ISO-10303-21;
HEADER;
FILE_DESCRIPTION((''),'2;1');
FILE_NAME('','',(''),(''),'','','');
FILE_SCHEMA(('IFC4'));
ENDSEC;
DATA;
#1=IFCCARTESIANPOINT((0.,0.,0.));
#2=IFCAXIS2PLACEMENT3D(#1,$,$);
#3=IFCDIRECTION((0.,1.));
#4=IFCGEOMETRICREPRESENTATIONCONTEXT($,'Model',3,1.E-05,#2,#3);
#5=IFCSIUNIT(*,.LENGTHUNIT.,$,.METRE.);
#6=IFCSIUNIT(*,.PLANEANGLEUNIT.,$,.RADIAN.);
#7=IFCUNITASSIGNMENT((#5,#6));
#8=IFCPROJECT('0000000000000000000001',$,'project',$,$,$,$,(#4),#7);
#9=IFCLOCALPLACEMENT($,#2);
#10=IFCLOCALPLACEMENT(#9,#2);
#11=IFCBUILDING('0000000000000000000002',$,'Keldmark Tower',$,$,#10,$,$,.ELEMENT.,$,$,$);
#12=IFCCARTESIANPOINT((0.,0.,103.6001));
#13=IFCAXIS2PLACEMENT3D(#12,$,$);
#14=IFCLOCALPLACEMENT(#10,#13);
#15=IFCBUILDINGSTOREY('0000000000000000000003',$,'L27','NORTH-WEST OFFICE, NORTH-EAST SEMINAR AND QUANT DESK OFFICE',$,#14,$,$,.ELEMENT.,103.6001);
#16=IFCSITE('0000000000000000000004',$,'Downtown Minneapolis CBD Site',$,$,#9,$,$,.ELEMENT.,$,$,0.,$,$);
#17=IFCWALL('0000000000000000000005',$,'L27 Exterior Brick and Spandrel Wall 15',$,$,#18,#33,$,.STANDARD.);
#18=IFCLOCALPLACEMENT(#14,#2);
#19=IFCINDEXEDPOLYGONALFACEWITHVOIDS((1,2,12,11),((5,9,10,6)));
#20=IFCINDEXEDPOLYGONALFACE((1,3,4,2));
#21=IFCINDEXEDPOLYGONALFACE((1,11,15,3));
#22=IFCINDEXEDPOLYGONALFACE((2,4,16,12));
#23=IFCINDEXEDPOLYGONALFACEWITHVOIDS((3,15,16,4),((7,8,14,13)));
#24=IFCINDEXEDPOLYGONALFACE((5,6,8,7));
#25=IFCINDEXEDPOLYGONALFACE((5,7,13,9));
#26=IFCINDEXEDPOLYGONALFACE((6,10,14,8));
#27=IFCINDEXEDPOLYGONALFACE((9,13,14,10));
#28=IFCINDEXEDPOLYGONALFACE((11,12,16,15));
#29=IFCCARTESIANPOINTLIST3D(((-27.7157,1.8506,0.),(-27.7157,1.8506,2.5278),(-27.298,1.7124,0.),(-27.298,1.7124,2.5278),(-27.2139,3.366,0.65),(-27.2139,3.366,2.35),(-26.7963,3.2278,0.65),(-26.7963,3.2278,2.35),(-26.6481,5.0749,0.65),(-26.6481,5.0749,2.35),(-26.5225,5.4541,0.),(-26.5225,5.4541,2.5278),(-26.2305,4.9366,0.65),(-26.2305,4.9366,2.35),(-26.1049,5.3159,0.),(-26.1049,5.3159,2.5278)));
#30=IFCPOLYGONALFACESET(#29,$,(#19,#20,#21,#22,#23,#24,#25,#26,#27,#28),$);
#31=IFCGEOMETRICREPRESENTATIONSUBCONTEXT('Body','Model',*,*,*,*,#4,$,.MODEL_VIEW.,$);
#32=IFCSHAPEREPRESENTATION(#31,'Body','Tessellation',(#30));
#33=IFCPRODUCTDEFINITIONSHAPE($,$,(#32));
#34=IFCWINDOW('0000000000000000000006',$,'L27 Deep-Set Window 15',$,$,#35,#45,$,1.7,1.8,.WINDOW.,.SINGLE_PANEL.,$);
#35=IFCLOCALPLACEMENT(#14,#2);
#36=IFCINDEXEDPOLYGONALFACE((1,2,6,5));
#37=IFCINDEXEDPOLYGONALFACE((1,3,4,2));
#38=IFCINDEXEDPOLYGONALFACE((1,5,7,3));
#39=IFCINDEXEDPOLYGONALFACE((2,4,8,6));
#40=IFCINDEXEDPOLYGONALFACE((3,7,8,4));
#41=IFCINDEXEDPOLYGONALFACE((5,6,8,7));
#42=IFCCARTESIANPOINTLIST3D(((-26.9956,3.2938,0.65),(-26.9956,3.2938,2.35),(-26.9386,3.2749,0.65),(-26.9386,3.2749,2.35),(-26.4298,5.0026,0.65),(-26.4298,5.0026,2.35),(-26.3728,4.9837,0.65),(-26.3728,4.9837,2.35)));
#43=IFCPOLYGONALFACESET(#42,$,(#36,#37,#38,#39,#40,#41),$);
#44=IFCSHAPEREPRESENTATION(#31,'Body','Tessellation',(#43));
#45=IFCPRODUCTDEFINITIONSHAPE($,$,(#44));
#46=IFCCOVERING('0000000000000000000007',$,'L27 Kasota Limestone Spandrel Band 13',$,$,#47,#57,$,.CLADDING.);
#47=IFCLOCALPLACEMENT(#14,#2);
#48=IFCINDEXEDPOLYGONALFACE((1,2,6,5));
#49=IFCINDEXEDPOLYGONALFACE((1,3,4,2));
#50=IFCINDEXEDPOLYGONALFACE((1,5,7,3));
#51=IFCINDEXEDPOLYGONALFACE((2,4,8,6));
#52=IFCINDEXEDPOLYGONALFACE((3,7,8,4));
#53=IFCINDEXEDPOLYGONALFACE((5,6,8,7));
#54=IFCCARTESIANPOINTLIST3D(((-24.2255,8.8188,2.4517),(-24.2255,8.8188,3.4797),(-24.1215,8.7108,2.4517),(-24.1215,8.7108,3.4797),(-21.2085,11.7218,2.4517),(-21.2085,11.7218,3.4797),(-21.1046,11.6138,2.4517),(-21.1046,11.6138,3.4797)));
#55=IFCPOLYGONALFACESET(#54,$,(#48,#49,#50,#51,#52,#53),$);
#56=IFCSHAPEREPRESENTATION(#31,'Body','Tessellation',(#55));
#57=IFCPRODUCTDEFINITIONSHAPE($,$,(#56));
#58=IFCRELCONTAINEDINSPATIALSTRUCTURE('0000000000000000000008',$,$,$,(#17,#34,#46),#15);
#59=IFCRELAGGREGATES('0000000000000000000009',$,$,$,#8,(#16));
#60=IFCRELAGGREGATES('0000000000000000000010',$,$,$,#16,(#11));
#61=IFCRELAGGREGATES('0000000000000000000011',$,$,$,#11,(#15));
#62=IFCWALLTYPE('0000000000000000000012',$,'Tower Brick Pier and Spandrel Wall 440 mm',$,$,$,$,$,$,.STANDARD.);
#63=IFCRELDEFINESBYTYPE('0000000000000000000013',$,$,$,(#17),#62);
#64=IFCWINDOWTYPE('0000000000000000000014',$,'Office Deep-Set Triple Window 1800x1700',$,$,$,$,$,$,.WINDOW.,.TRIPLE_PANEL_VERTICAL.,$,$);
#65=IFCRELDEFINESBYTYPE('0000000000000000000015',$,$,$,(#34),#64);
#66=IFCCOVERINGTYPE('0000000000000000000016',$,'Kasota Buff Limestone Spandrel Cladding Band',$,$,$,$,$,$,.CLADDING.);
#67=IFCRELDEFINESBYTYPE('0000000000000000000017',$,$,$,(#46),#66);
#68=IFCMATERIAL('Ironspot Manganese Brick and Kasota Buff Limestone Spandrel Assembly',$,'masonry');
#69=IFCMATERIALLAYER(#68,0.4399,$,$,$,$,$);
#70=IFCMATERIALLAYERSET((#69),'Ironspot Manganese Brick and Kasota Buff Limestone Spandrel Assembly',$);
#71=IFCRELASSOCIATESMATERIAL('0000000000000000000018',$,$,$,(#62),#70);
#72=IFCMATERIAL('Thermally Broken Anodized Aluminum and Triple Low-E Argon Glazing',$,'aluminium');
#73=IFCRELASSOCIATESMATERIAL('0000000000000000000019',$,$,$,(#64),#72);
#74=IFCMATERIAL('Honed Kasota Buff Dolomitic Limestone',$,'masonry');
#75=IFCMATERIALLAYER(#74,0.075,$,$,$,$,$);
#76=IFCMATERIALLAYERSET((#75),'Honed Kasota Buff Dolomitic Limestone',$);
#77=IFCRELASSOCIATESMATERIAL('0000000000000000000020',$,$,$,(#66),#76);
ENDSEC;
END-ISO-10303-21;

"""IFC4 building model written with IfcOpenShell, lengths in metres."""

from ifc_helpers import new_model, si_unit, direction, frame, frame_2d, origin, origin_2d, place, context, subcontext, project, spatial, rectangle, extrude, material, layer, layer_set, type_object, element, fill, save


model = new_model("IFC4")

# Units and contexts
model_context = context("Model", 3, precision=1e-05, world=origin(), true_north=direction((0.0, 1.0)))
body_context = subcontext(model_context, "Body", "Model", "MODEL_VIEW")
ifc_project = project(units=[si_unit("LENGTHUNIT", "METRE"), si_unit("PLANEANGLEUNIT", "RADIAN")], contexts=[model_context])

# Site, building, storey
site_placement = place(None, origin())
site = spatial("IfcSite", under=ifc_project, at=site_placement, Name="Downtown Minneapolis CBD Site", CompositionType="ELEMENT", RefElevation=0.0)
building_placement = place(site_placement, origin())
building = spatial("IfcBuilding", under=site, at=building_placement, Name="Keldmark Tower", CompositionType="ELEMENT")
storey_placement = place(building_placement, frame((0.0, 0.0, 103.6001)))
storey = spatial("IfcBuildingStorey", under=building, at=storey_placement, Name="L27", Description="NORTH-WEST OFFICE, NORTH-EAST SEMINAR AND QUANT DESK OFFICE", CompositionType="ELEMENT", Elevation=103.6001)

# Wall, opening, window
ifc_material_1 = material(Name="Ironspot Manganese Brick and Kasota Buff Limestone Spandrel Assembly", Category="masonry")
ifc_layer_1 = layer(ifc_material_1, 0.4399)
ifc_layer_set_1 = layer_set([ifc_layer_1], Name="Ironspot Manganese Brick and Kasota Buff Limestone Spandrel Assembly")
wall_type_1 = type_object("IfcWallType", Name="Tower Brick Pier and Spandrel Wall 440 mm", PredefinedType="STANDARD", material=ifc_layer_set_1)
ifc_material_2 = material(Name="Thermally Broken Anodized Aluminum and Triple Low-E Argon Glazing", Category="aluminium")
window_type = type_object("IfcWindowType", Name="Office Deep-Set Triple Window 1800x1700", PartitioningType="TRIPLE_PANEL_VERTICAL", PredefinedType="WINDOW", material=ifc_material_2)
wall_1_placement = place(storey_placement, frame((-27.5068, 1.7815, 0.0), z_axis=(0.0, 0.0, 1.0), x_axis=(0.314317, 0.949318, 0.0)))
wall_1 = element("IfcWall", 1, at=wall_1_placement, inside=storey, type_object=wall_type_1, Name="L27 Exterior Brick and Spandrel Wall 15", PredefinedType="STANDARD", context=body_context, shape_type="SweptSolid", body=[
    extrude(rectangle(XDim=3.7959, YDim=0.4399, at=frame_2d((1.8979, 0.0))), origin(), (0.0, 0.0, 1.0), 2.5278),
])
opening_1_placement = place(wall_1_placement, frame((1.5964, 0.0, 0.6499)))
opening_1 = element("IfcOpeningElement", 2, at=opening_1_placement, cuts=wall_1, PredefinedType="OPENING", context=body_context, shape_type="SweptSolid", body=[
    extrude(rectangle(XDim=1.8, YDim=1.7, at=frame_2d((0.8999, 0.8501))), frame((0.0, 0.23, 0.0), z_axis=(0.0, -1.0, 0.0), x_axis=(1.0, 0.0, 0.0)), (0.0, 0.0, 1.0), 0.46),
])
window_1_placement = place(opening_1_placement, origin())
window_1 = element("IfcWindow", 3, at=window_1_placement, inside=storey, type_object=window_type, Name="L27 Deep-Set Window 15", OverallHeight=1.7, OverallWidth=1.8, PartitioningType="SINGLE_PANEL", PredefinedType="WINDOW", context=body_context, shape_type="SweptSolid", body=[
    extrude(rectangle(XDim=1.8, YDim=1.7, at=frame_2d((0.8999, 0.8501))), frame((0.0, -0.01, 0.0), z_axis=(0.0, -1.0, 0.0), x_axis=(1.0, 0.0, 0.0)), (0.0, 0.0, 1.0), 0.0601),
])
fill(opening_1, window_1)

# Covering
ifc_material_3 = material(Name="Honed Kasota Buff Dolomitic Limestone", Category="masonry")
ifc_layer_2 = layer(ifc_material_3, 0.075)
ifc_layer_set_2 = layer_set([ifc_layer_2], Name="Honed Kasota Buff Dolomitic Limestone")
covering_type = type_object("IfcCoveringType", Name="Kasota Buff Limestone Spandrel Cladding Band", PredefinedType="CLADDING", material=ifc_layer_set_2)
covering_placement = place(storey_placement, frame((-22.665, 10.2163, 2.4517), z_axis=(0.0, 0.0, 1.0), x_axis=(-0.720587, -0.693364, 0.0)))
element("IfcCovering", 4, at=covering_placement, inside=storey, type_object=covering_type, Name="L27 Kasota Limestone Spandrel Band 13", PredefinedType="CLADDING", context=body_context, shape_type="SweptSolid", body=[
    extrude(rectangle(XDim=4.1868, YDim=0.1499, at=origin_2d()), origin(), (0.0, 0.0, 1.0), 1.0281),
])

save(model, "model.ifc")
